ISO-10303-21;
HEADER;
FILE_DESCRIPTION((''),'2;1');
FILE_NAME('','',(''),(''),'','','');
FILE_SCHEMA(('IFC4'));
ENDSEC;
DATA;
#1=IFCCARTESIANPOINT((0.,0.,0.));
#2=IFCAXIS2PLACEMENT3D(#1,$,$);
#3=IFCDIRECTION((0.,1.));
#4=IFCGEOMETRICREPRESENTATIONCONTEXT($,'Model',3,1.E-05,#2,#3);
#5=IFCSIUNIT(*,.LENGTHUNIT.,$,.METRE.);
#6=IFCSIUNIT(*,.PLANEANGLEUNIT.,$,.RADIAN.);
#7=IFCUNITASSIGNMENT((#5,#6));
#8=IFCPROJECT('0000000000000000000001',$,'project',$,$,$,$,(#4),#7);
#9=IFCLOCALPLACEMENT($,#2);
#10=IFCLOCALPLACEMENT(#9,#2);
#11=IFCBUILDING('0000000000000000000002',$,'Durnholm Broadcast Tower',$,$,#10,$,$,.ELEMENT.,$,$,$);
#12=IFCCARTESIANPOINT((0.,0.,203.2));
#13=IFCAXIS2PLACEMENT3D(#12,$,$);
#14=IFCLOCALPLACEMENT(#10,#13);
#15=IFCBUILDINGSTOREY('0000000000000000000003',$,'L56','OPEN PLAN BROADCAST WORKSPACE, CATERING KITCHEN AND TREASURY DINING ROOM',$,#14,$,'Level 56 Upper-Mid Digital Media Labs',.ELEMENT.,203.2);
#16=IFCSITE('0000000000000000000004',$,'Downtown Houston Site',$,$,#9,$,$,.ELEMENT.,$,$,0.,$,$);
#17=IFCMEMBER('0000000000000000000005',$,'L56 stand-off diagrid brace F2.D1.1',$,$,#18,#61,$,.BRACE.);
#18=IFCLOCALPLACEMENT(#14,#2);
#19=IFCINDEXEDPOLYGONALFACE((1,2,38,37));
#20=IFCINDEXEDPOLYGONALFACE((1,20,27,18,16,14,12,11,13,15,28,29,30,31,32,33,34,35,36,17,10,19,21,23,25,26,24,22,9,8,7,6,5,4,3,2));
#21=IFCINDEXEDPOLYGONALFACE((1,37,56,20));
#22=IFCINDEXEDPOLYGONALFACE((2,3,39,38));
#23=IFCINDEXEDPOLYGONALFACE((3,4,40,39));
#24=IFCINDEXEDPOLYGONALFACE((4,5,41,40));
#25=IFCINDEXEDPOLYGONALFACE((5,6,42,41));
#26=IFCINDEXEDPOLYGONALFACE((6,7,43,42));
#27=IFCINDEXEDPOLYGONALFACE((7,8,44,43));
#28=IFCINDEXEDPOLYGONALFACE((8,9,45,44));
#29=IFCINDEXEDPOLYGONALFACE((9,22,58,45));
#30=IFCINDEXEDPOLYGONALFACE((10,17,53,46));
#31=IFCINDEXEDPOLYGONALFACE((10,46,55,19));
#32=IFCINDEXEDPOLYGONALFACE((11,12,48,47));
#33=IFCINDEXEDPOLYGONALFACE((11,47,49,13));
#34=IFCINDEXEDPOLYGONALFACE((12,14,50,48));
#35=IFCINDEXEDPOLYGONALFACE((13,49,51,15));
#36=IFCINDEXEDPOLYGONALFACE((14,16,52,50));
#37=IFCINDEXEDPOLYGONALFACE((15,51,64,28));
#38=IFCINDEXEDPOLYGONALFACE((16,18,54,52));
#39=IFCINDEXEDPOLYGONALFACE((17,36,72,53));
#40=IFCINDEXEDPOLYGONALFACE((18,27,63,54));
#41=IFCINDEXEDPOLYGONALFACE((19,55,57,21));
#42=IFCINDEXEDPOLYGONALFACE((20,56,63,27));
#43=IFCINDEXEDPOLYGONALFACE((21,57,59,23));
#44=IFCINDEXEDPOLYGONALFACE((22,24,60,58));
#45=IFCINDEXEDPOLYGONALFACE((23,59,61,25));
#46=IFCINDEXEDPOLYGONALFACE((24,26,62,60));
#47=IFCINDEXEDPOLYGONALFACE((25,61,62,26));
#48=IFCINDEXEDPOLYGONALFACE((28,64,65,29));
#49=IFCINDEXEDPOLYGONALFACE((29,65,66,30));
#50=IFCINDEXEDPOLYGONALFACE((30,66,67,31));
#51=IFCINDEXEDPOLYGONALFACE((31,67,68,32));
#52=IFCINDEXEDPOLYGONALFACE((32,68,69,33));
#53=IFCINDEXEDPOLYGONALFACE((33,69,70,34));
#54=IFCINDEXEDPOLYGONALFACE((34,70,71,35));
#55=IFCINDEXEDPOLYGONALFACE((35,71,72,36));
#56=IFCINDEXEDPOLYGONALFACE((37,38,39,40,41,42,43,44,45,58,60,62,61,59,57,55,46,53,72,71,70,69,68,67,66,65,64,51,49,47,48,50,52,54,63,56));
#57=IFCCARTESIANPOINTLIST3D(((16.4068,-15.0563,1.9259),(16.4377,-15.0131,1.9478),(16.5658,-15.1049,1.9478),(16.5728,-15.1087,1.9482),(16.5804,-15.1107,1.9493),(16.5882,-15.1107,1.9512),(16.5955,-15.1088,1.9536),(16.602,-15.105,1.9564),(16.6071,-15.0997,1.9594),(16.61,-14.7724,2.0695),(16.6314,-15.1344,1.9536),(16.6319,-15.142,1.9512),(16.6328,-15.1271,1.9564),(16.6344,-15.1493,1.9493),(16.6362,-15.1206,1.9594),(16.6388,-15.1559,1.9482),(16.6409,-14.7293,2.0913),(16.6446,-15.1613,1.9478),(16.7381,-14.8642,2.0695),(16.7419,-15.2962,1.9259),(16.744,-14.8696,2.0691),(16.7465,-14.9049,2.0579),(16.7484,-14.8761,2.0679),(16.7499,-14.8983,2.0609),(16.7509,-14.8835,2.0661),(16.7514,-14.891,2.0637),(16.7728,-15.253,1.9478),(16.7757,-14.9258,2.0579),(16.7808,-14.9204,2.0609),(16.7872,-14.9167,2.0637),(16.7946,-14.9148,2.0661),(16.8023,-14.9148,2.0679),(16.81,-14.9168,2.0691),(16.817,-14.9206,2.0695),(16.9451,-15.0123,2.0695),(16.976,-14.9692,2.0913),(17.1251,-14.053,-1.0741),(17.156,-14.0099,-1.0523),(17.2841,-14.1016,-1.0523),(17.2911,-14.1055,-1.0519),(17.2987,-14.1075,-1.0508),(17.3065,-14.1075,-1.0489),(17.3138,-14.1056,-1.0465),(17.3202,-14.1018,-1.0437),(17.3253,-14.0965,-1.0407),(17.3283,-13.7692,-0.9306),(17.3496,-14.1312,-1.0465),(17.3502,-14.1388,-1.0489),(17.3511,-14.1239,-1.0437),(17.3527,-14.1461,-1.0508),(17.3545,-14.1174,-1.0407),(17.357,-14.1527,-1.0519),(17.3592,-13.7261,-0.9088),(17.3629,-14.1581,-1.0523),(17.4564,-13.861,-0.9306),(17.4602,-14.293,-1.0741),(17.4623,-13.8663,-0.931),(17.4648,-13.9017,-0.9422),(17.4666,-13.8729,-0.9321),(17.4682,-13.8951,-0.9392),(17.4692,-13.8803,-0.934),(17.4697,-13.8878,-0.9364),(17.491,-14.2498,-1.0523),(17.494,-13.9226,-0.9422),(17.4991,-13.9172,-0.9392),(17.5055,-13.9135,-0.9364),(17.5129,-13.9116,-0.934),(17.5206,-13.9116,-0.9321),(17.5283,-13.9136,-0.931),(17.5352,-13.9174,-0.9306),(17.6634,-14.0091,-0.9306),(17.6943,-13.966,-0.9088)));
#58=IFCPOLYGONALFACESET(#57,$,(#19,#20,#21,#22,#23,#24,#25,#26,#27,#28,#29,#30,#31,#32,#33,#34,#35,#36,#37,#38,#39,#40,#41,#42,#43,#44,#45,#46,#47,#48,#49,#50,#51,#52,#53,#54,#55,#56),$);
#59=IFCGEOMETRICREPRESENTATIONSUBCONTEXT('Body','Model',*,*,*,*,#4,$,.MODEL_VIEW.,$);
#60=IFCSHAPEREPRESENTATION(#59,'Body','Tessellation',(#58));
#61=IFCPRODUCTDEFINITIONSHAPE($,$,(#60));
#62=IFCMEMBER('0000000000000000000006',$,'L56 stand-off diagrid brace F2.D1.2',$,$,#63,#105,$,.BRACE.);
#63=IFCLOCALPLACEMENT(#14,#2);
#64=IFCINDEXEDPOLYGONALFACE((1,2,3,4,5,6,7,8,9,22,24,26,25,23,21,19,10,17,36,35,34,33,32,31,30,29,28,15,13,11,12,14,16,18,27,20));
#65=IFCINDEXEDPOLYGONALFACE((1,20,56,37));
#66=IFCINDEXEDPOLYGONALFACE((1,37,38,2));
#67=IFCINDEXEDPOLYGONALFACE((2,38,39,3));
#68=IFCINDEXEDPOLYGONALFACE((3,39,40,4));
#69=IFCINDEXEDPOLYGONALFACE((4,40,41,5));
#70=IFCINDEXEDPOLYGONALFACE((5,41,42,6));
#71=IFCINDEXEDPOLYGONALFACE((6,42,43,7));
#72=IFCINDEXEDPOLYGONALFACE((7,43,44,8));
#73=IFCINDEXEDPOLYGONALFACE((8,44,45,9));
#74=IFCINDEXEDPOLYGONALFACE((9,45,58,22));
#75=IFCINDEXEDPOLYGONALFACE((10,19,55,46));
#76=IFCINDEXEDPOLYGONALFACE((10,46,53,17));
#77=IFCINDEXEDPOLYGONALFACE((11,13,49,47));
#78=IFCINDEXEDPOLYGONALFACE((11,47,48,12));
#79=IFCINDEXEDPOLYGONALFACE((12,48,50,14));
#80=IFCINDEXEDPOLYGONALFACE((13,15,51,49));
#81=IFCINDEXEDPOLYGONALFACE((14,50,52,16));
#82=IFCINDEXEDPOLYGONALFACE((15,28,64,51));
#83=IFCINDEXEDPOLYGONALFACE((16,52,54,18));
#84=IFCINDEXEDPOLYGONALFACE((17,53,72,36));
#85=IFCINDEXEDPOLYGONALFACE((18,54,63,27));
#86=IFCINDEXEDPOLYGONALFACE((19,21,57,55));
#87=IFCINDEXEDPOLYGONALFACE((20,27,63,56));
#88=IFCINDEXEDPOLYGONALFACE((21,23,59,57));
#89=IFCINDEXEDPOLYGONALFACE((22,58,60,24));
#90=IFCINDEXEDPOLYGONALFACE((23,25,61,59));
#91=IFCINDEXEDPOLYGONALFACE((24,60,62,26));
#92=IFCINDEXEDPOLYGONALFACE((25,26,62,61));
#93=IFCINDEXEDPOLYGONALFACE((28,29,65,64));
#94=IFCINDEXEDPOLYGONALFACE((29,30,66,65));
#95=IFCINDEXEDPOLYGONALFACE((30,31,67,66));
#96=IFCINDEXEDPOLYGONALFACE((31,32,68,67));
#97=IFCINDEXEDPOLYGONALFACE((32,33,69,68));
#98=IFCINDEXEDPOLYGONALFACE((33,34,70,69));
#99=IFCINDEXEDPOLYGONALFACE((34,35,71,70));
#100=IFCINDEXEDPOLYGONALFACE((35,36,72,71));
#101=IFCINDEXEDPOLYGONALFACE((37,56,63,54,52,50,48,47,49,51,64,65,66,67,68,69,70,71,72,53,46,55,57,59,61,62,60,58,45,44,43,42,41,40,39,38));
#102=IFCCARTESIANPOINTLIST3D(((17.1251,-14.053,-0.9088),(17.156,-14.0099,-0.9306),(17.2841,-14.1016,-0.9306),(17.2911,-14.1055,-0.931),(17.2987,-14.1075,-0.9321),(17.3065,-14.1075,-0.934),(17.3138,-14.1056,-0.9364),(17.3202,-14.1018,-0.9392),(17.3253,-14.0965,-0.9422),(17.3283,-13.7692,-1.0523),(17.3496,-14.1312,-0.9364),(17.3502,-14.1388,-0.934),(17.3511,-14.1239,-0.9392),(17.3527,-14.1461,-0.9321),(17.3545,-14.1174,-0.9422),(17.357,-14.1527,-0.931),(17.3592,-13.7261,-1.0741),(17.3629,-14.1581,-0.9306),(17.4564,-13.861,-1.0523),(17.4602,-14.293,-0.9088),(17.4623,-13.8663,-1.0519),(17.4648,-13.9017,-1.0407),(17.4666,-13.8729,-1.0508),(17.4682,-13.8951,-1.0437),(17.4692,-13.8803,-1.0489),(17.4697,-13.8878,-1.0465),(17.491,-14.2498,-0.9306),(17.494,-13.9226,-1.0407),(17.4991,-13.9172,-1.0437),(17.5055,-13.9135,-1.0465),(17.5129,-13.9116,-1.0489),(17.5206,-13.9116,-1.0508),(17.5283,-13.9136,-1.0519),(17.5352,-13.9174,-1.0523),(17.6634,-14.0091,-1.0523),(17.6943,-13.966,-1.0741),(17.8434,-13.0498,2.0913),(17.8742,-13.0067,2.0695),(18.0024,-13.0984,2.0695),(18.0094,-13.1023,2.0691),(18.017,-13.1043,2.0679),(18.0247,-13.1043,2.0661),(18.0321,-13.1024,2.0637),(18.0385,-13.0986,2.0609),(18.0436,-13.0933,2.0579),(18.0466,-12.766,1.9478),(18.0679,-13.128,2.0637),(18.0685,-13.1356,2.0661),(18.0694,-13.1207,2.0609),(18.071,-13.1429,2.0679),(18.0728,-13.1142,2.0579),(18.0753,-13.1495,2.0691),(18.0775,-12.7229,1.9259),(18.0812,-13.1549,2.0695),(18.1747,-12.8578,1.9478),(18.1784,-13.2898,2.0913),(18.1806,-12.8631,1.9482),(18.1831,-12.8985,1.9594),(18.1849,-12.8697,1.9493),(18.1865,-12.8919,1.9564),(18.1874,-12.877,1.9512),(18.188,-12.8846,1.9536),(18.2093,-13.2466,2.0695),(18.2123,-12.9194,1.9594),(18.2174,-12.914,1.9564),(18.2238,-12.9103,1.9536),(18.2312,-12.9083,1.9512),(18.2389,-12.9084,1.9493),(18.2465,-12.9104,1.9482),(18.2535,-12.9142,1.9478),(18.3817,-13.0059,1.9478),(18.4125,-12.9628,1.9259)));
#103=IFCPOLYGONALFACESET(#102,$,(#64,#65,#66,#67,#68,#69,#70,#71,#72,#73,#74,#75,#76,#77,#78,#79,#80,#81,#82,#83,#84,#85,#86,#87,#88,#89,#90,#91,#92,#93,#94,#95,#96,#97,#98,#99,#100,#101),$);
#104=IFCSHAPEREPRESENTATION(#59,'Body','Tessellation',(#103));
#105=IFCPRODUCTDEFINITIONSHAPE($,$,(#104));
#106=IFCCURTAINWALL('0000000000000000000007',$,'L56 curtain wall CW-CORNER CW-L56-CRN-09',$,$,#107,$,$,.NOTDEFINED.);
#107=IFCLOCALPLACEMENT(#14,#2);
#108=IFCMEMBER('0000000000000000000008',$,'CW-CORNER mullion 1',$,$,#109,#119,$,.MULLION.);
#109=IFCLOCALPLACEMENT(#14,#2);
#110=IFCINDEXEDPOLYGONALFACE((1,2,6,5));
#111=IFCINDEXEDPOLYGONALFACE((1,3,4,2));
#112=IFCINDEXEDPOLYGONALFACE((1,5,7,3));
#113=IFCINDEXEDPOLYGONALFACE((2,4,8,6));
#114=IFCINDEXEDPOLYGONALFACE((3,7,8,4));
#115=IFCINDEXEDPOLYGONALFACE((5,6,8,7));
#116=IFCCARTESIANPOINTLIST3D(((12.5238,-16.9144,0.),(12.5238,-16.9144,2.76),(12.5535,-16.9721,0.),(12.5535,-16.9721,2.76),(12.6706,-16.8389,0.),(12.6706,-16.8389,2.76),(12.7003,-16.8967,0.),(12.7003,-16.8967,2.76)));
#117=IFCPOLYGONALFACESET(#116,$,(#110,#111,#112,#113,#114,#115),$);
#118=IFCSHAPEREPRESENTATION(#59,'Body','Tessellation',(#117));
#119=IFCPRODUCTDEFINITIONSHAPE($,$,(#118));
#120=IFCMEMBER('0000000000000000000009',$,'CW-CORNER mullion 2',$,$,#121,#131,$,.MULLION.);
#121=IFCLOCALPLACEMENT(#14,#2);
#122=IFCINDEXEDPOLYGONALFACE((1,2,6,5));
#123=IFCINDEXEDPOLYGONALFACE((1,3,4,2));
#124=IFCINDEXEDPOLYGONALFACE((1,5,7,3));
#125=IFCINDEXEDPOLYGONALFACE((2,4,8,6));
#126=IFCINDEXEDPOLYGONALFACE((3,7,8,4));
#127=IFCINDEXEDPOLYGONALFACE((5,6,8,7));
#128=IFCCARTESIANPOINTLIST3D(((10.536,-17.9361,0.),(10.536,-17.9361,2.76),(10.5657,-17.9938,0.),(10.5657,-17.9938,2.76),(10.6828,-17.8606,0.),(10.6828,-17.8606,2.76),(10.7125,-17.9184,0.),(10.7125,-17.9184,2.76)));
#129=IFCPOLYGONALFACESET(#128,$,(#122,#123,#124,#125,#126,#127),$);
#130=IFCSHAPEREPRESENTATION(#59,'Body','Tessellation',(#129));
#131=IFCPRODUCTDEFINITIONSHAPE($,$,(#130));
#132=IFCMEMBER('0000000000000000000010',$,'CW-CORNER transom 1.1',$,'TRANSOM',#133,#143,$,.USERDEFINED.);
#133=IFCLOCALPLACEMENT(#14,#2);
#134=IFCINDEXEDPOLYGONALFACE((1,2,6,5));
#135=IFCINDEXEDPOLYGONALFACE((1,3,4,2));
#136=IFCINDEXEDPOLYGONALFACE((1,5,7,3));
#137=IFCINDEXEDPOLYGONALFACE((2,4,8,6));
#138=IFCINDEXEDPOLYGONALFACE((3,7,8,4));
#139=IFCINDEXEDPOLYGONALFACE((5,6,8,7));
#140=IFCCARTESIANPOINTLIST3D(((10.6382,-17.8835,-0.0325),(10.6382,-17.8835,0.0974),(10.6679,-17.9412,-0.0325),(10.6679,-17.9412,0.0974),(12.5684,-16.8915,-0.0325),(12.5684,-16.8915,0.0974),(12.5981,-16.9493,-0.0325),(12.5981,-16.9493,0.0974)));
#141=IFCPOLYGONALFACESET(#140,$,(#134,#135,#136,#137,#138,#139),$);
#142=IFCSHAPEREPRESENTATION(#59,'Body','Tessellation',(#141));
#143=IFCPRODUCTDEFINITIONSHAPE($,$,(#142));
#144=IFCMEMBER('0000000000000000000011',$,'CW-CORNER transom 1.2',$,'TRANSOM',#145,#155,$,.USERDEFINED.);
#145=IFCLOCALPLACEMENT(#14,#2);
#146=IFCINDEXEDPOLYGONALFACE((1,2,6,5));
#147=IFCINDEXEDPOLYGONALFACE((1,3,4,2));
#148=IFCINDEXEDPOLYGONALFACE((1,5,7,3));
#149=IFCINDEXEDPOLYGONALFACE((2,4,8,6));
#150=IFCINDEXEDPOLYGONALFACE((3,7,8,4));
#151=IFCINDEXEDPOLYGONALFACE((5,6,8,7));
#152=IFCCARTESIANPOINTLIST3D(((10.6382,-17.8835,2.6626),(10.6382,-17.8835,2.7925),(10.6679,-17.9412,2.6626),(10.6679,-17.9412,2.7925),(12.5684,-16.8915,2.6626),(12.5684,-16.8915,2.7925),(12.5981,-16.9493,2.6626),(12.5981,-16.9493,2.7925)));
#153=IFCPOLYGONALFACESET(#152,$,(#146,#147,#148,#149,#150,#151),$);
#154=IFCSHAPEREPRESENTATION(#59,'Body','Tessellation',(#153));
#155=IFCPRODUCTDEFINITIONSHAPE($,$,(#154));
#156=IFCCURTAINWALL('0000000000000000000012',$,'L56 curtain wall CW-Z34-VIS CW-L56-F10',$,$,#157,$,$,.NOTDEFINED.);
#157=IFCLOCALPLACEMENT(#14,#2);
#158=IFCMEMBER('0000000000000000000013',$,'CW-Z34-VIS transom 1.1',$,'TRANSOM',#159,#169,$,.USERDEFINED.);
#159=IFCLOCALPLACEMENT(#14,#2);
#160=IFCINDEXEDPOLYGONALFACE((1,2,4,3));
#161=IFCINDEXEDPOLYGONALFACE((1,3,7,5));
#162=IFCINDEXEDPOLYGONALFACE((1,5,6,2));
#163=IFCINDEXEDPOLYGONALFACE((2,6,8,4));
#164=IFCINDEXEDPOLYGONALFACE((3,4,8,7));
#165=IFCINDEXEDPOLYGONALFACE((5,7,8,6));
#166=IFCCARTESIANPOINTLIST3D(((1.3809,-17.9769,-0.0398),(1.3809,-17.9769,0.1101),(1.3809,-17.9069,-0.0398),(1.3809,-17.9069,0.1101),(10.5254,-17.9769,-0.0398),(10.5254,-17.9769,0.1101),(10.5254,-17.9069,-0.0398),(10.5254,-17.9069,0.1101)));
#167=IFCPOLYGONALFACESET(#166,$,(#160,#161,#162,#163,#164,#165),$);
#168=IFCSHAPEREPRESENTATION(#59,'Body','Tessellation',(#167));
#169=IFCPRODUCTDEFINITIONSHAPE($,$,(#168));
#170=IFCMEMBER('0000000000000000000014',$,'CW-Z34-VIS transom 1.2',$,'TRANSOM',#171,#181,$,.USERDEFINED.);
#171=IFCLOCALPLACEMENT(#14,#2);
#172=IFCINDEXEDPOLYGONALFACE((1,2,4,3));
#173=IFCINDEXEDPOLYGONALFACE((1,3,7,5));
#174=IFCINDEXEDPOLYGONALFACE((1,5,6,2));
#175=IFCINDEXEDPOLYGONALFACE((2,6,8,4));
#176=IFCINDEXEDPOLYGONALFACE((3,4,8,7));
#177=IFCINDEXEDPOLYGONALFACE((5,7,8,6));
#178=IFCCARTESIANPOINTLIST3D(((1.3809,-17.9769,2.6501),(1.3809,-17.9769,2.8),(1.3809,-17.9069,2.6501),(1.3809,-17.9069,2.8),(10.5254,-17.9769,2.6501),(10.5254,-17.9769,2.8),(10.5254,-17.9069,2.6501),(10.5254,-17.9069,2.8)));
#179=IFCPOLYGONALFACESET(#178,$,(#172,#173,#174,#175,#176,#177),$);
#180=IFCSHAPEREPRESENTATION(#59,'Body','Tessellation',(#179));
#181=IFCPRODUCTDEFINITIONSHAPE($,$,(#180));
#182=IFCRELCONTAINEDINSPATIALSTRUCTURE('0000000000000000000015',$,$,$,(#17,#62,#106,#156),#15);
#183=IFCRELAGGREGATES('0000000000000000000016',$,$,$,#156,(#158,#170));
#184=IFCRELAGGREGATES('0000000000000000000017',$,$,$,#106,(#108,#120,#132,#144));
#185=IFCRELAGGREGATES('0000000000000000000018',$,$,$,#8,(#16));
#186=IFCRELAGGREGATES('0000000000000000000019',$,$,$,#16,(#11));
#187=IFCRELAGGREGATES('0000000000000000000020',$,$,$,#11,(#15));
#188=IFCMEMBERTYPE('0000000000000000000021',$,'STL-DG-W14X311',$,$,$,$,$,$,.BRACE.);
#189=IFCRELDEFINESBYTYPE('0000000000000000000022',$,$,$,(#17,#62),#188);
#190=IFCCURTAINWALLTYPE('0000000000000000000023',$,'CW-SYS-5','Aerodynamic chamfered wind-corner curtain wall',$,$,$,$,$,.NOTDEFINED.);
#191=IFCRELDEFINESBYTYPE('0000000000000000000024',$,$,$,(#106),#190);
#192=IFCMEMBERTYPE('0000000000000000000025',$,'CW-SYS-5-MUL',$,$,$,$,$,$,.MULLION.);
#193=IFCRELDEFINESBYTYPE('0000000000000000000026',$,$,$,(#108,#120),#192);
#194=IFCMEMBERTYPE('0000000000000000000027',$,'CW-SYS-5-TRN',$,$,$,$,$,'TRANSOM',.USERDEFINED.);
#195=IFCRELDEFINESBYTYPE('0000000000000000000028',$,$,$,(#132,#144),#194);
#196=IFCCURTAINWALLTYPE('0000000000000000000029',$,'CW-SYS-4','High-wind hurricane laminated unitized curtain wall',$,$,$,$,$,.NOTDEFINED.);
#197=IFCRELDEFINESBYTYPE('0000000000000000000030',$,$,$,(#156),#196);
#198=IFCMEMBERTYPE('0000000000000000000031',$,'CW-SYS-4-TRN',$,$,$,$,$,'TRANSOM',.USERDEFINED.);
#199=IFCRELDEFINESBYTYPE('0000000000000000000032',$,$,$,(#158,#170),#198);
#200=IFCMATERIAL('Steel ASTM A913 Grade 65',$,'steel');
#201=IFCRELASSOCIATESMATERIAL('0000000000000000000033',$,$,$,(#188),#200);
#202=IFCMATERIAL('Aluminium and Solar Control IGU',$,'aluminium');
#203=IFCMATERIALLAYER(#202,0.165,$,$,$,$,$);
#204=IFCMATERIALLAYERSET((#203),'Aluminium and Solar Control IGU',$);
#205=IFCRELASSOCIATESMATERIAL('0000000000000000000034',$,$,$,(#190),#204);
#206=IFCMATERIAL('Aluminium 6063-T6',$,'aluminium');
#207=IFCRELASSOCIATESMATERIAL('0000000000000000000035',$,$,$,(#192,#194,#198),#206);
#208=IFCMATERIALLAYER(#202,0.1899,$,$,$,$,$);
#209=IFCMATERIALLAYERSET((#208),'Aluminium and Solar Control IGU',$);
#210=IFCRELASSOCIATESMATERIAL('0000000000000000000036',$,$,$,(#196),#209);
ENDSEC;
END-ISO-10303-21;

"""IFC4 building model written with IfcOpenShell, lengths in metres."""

from ifc_helpers import new_model, si_unit, direction, frame, origin, origin_2d, place, context, subcontext, project, spatial, rectangle, i_section, extrude, source, transform, mapped, material, layer, layer_set, material_profile, profile_set, type_object, type_shapes, element, aggregate, save


model = new_model("IFC4")

# Units and contexts
model_context = context("Model", 3, precision=1e-05, world=origin(), true_north=direction((0.0, 1.0)))
body_context = subcontext(model_context, "Body", "Model", "MODEL_VIEW")
ifc_project = project(units=[si_unit("LENGTHUNIT", "METRE"), si_unit("PLANEANGLEUNIT", "RADIAN")], contexts=[model_context])

# Site, building, storey
site_placement = place(None, origin())
site = spatial("IfcSite", under=ifc_project, at=site_placement, Name="Downtown Houston Site", CompositionType="ELEMENT", RefElevation=0.0)
building_placement = place(site_placement, origin())
building = spatial("IfcBuilding", under=site, at=building_placement, Name="Durnholm Broadcast Tower", CompositionType="ELEMENT")
storey_placement = place(building_placement, frame((0.0, 0.0, 203.2)))
storey = spatial("IfcBuildingStorey", under=building, at=storey_placement, Name="L56", Description="OPEN PLAN BROADCAST WORKSPACE, CATERING KITCHEN AND TREASURY DINING ROOM", LongName="Level 56 Upper-Mid Digital Media Labs", CompositionType="ELEMENT", Elevation=203.2)

# Members
ifc_material_1 = material(Name="Steel ASTM A913 Grade 65", Category="steel")
ifc_material_profile_1 = material_profile(ifc_material_1, i_section(OverallWidth=0.4121, OverallDepth=0.4348, WebThickness=0.0359, FlangeThickness=0.0574, FilletRadius=0.0305, at=origin_2d()), Name="W14X311")
ifc_profile_set_1 = profile_set([ifc_material_profile_1], Name="Steel ASTM A913 Grade 65")
member_type_1 = type_object("IfcMemberType", Name="STL-DG-W14X311", PredefinedType="BRACE", material=ifc_profile_set_1)
shared_shape_1 = source(origin(), body_context, "Body", "SweptSolid", [
    extrude(i_section(OverallWidth=0.4121, OverallDepth=0.4348, WebThickness=0.0359, FlangeThickness=0.0574, FilletRadius=0.0305, at=origin_2d()), origin(), (0.0, 0.0, 1.0), 3.2439),
])
type_shapes(member_type_1, [shared_shape_1])
for number, where, z_axis, x_axis, name in (
    (1, (17.4097, -14.0095, -0.9915), (-0.221426, -0.309259, 0.92484), (0.813078, -0.582155, 0.0), "L56 stand-off diagrid brace F2.D1.1"),
    (2, (17.4097, -14.0095, -0.9915), (0.221426, 0.309259, 0.92484), (-0.813078, 0.582155, 0.0), "L56 stand-off diagrid brace F2.D1.2"),
):
    element("IfcMember", number, at=place(storey_placement, frame(where, z_axis=z_axis, x_axis=x_axis)), inside=storey, type_object=member_type_1, Name=name, PredefinedType="BRACE", context=body_context, shape_type="MappedRepresentation", body=[
        mapped(shared_shape_1, transform((0.0, 0.0, 0.0), x_axis=(1.0, 0.0, 0.0), y_axis=(0.0, 1.0, 0.0), z_axis=(0.0, 0.0, 1.0), scale=1.0)),
    ])

# Curtain walls, members
ifc_material_2 = material(Name="Aluminium and Solar Control IGU", Category="aluminium")
ifc_layer_1 = layer(ifc_material_2, 0.165)
ifc_layer_set_1 = layer_set([ifc_layer_1], Name="Aluminium and Solar Control IGU")
curtain_wall_type_1 = type_object("IfcCurtainWallType", Name="CW-SYS-5", Description="Aerodynamic chamfered wind-corner curtain wall", PredefinedType="NOTDEFINED", material=ifc_layer_set_1)
curtain_wall_1_placement = place(storey_placement, origin())
curtain_wall_1 = element("IfcCurtainWall", 3, at=curtain_wall_1_placement, inside=storey, type_object=curtain_wall_type_1, Name="L56 curtain wall CW-CORNER CW-L56-CRN-09", PredefinedType="NOTDEFINED")
ifc_material_3 = material(Name="Aluminium 6063-T6", Category="aluminium")
ifc_material_profile_2 = material_profile(ifc_material_3, rectangle(XDim=0.0649, YDim=0.165, at=origin_2d()), Name="CWM65X165")
ifc_profile_set_2 = profile_set([ifc_material_profile_2], Name="Aluminium 6063-T6")
member_type_2 = type_object("IfcMemberType", Name="CW-SYS-5-MUL", PredefinedType="MULLION", material=ifc_profile_set_2)
shared_shape_2 = source(origin(), body_context, "Body", "SweptSolid", [
    extrude(rectangle(XDim=0.0649, YDim=0.165, at=origin_2d()), origin(), (0.0, 0.0, 1.0), 2.76),
])
type_shapes(member_type_2, [shared_shape_2])
member_1_placement = place(storey_placement, frame((12.6121, -16.9055, 0.0), z_axis=(0.0, 0.0, 1.0), x_axis=(0.457082, -0.889425, 0.0)))
member_1 = element("IfcMember", 4, at=member_1_placement, type_object=member_type_2, Name="CW-CORNER mullion 1", PredefinedType="MULLION", context=body_context, shape_type="MappedRepresentation", body=[
    mapped(shared_shape_2, transform((0.0, 0.0, 0.0), x_axis=(1.0, 0.0, 0.0), y_axis=(0.0, 1.0, 0.0), z_axis=(0.0, 0.0, 1.0), scale=1.0)),
])
member_2_placement = place(storey_placement, frame((10.6243, -17.9272, 0.0), z_axis=(0.0, 0.0, 1.0), x_axis=(0.457082, -0.889425, 0.0)))
member_2 = element("IfcMember", 5, at=member_2_placement, type_object=member_type_2, Name="CW-CORNER mullion 2", PredefinedType="MULLION", context=body_context, shape_type="MappedRepresentation", body=[
    mapped(shared_shape_2, transform((0.0, 0.0, 0.0), x_axis=(1.0, 0.0, 0.0), y_axis=(0.0, 1.0, 0.0), z_axis=(0.0, 0.0, 1.0), scale=1.0)),
])
ifc_material_profile_3 = material_profile(ifc_material_3, rectangle(XDim=0.0649, YDim=0.1299, at=origin_2d()), Name="CWT65X130")
ifc_profile_set_3 = profile_set([ifc_material_profile_3], Name="Aluminium 6063-T6")
member_type_3 = type_object("IfcMemberType", Name="CW-SYS-5-TRN", ElementType="TRANSOM", PredefinedType="USERDEFINED", material=ifc_profile_set_3)
shared_shape_3 = source(origin(), body_context, "Body", "SweptSolid", [
    extrude(rectangle(XDim=0.0649, YDim=0.1299, at=origin_2d()), origin(), (0.0, 0.0, 1.0), 2.1702),
])
type_shapes(member_type_3, [shared_shape_3])
member_3_placement = place(storey_placement, frame((12.5833, -16.9204, 0.0325), z_axis=(-0.889422, -0.457086, 0.0), x_axis=(0.457086, -0.889422, 0.0)))
member_3 = element("IfcMember", 6, at=member_3_placement, type_object=member_type_3, Name="CW-CORNER transom 1.1", ObjectType="TRANSOM", PredefinedType="USERDEFINED", context=body_context, shape_type="MappedRepresentation", body=[
    mapped(shared_shape_3, transform((0.0, 0.0, 0.0), x_axis=(1.0, 0.0, 0.0), y_axis=(0.0, 1.0, 0.0), z_axis=(0.0, 0.0, 1.0), scale=1.0)),
])
member_4_placement = place(storey_placement, frame((12.5833, -16.9204, 2.7275), z_axis=(-0.889422, -0.457086, 0.0), x_axis=(0.457086, -0.889422, 0.0)))
member_4 = element("IfcMember", 7, at=member_4_placement, type_object=member_type_3, Name="CW-CORNER transom 1.2", ObjectType="TRANSOM", PredefinedType="USERDEFINED", context=body_context, shape_type="MappedRepresentation", body=[
    mapped(shared_shape_3, transform((0.0, 0.0, 0.0), x_axis=(1.0, 0.0, 0.0), y_axis=(0.0, 1.0, 0.0), z_axis=(0.0, 0.0, 1.0), scale=1.0)),
])
ifc_layer_2 = layer(ifc_material_2, 0.1899)
ifc_layer_set_2 = layer_set([ifc_layer_2], Name="Aluminium and Solar Control IGU")
curtain_wall_type_2 = type_object("IfcCurtainWallType", Name="CW-SYS-4", Description="High-wind hurricane laminated unitized curtain wall", PredefinedType="NOTDEFINED", material=ifc_layer_set_2)
curtain_wall_2_placement = place(storey_placement, origin())
curtain_wall_2 = element("IfcCurtainWall", 8, at=curtain_wall_2_placement, inside=storey, type_object=curtain_wall_type_2, Name="L56 curtain wall CW-Z34-VIS CW-L56-F10", PredefinedType="NOTDEFINED")
ifc_material_profile_4 = material_profile(ifc_material_3, rectangle(XDim=0.0701, YDim=0.1499, at=origin_2d()), Name="CWT70X150")
ifc_profile_set_4 = profile_set([ifc_material_profile_4], Name="Aluminium 6063-T6")
member_type_4 = type_object("IfcMemberType", Name="CW-SYS-4-TRN", ElementType="TRANSOM", PredefinedType="USERDEFINED", material=ifc_profile_set_4)
shared_shape_4 = source(origin(), body_context, "Body", "SweptSolid", [
    extrude(rectangle(XDim=0.0701, YDim=0.1499, at=origin_2d()), origin(), (0.0, 0.0, 1.0), 9.1445),
])
type_shapes(member_type_4, [shared_shape_4])
member_5_placement = place(storey_placement, frame((10.5254, -17.9419, 0.0352), z_axis=(-1.0, 0.0, 0.0), x_axis=(0.0, -1.0, 0.0)))
member_5 = element("IfcMember", 9, at=member_5_placement, type_object=member_type_4, Name="CW-Z34-VIS transom 1.1", ObjectType="TRANSOM", PredefinedType="USERDEFINED", context=body_context, shape_type="MappedRepresentation", body=[
    mapped(shared_shape_4, transform((0.0, 0.0, 0.0), x_axis=(1.0, 0.0, 0.0), y_axis=(0.0, 1.0, 0.0), z_axis=(0.0, 0.0, 1.0), scale=1.0)),
])
member_6_placement = place(storey_placement, frame((10.5254, -17.9419, 2.7251), z_axis=(-1.0, 0.0, 0.0), x_axis=(0.0, -1.0, 0.0)))
member_6 = element("IfcMember", 10, at=member_6_placement, type_object=member_type_4, Name="CW-Z34-VIS transom 1.2", ObjectType="TRANSOM", PredefinedType="USERDEFINED", context=body_context, shape_type="MappedRepresentation", body=[
    mapped(shared_shape_4, transform((0.0, 0.0, 0.0), x_axis=(1.0, 0.0, 0.0), y_axis=(0.0, 1.0, 0.0), z_axis=(0.0, 0.0, 1.0), scale=1.0)),
])

aggregate(curtain_wall_2, [member_5, member_6])

aggregate(curtain_wall_1, [member_1, member_2, member_3, member_4])

save(model, "model.ifc")
